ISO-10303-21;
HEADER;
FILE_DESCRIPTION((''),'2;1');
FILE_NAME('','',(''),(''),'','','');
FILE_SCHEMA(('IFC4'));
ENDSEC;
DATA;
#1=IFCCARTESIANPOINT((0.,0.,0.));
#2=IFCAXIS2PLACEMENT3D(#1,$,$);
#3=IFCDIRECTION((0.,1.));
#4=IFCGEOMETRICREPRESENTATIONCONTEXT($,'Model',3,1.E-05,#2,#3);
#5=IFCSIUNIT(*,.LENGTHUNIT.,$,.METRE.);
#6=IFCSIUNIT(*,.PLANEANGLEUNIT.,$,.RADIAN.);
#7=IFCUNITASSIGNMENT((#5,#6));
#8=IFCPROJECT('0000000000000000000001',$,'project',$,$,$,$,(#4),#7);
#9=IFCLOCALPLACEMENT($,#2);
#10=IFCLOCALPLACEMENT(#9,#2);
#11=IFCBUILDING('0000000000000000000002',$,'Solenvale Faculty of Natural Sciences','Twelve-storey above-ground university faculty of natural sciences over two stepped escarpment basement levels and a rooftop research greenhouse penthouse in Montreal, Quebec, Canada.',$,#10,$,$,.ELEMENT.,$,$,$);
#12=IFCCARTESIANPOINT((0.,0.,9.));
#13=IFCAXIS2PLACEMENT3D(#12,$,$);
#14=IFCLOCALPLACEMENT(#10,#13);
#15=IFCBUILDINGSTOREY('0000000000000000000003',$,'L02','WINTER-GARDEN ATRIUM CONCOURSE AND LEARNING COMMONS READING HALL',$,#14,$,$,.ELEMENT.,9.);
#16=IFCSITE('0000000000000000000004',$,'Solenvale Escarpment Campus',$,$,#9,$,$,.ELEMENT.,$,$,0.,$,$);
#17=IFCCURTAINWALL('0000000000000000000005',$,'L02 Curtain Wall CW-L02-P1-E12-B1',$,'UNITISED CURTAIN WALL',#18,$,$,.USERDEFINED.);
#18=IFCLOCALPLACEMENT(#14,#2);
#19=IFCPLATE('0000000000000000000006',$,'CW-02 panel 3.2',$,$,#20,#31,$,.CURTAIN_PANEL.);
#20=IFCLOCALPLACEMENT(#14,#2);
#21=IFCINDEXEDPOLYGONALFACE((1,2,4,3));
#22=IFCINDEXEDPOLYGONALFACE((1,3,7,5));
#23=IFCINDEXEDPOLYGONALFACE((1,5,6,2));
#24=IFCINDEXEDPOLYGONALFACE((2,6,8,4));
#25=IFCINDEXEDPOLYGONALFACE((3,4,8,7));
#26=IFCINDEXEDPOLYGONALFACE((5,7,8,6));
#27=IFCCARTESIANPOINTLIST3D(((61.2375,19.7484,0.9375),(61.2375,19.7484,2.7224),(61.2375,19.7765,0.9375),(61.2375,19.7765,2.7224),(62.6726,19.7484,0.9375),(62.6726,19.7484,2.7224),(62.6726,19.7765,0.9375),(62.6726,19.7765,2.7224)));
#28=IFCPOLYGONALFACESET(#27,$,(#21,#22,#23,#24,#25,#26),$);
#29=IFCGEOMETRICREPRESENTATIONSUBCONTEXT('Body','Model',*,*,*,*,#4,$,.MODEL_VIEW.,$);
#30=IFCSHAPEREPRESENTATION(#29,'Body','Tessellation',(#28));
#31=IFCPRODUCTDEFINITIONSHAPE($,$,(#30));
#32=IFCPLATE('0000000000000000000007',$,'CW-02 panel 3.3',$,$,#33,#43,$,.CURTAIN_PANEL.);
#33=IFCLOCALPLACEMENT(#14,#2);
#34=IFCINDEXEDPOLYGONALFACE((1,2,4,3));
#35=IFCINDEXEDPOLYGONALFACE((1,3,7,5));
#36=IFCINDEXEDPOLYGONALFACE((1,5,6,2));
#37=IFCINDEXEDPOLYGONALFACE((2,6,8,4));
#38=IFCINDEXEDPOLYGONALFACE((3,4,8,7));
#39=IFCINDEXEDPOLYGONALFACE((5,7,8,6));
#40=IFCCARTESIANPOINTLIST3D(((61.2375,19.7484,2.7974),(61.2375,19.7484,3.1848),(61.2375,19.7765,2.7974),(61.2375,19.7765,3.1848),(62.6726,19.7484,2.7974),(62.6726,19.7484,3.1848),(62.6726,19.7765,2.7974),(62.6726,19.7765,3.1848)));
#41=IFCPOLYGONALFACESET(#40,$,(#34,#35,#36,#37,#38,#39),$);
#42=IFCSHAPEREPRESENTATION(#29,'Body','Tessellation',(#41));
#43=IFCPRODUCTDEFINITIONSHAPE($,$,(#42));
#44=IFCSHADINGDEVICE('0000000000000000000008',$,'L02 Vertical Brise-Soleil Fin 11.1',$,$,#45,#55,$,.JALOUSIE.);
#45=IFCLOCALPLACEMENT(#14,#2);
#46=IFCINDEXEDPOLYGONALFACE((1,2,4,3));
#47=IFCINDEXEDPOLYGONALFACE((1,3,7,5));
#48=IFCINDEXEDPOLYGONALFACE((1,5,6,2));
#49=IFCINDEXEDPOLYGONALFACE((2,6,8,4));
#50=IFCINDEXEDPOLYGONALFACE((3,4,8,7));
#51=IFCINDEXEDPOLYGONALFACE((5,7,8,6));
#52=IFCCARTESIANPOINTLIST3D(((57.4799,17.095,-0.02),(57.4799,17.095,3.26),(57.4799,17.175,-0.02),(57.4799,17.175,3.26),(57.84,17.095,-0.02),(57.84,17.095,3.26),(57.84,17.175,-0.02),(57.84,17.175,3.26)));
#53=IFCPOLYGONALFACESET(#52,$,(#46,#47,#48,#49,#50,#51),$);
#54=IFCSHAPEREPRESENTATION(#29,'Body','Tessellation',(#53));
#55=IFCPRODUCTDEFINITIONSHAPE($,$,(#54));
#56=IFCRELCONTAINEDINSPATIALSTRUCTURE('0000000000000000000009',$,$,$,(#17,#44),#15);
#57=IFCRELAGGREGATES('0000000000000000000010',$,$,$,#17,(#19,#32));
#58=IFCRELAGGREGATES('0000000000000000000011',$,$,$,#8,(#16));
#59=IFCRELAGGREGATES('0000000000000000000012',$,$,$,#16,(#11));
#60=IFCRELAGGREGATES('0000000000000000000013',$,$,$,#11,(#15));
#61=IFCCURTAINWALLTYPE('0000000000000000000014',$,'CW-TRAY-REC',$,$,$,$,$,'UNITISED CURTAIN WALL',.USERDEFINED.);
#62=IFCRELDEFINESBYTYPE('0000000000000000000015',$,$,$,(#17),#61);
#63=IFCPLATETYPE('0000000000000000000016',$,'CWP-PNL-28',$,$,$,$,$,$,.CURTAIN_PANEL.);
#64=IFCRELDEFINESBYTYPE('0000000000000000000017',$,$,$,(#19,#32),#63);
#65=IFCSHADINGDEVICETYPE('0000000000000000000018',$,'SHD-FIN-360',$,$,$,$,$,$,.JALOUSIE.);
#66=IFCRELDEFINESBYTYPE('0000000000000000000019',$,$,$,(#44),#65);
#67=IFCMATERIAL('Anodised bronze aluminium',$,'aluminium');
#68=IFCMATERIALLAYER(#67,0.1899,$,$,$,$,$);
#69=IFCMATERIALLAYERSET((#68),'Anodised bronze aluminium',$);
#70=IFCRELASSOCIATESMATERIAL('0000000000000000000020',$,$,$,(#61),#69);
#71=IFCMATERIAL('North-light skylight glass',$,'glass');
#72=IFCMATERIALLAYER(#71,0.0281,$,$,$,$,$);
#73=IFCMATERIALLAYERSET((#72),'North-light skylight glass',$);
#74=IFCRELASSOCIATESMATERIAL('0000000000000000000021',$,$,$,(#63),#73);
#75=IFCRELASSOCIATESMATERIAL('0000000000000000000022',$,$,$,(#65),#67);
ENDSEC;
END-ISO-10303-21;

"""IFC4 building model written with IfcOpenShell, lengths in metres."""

from ifc_helpers import new_model, si_unit, direction, frame, origin, origin_2d, place, context, subcontext, project, spatial, rectangle, extrude, material, layer, layer_set, material_profile, profile_set, type_object, element, aggregate, save


model = new_model("IFC4")

# Units and contexts
model_context = context("Model", 3, precision=1e-05, world=origin(), true_north=direction((0.0, 1.0)))
body_context = subcontext(model_context, "Body", "Model", "MODEL_VIEW")
ifc_project = project(units=[si_unit("LENGTHUNIT", "METRE"), si_unit("PLANEANGLEUNIT", "RADIAN")], contexts=[model_context])

# Site, building, storey
site_placement = place(None, origin())
site = spatial("IfcSite", under=ifc_project, at=site_placement, Name="Solenvale Escarpment Campus", CompositionType="ELEMENT", RefElevation=0.0)
building_placement = place(site_placement, origin())
building = spatial("IfcBuilding", under=site, at=building_placement, Name="Solenvale Faculty of Natural Sciences", Description="Twelve-storey above-ground university faculty of natural sciences over two stepped escarpment basement levels and a rooftop research greenhouse penthouse in Montreal, Quebec, Canada.", CompositionType="ELEMENT")
storey_placement = place(building_placement, frame((0.0, 0.0, 9.0)))
storey = spatial("IfcBuildingStorey", under=building, at=storey_placement, Name="L02", Description="WINTER-GARDEN ATRIUM CONCOURSE AND LEARNING COMMONS READING HALL", CompositionType="ELEMENT", Elevation=9.0)

# Curtain wall, plates
ifc_material_1 = material(Name="Anodised bronze aluminium", Category="aluminium")
ifc_layer_1 = layer(ifc_material_1, 0.1899)
ifc_layer_set_1 = layer_set([ifc_layer_1], Name="Anodised bronze aluminium")
curtain_wall_type = type_object("IfcCurtainWallType", Name="CW-TRAY-REC", ElementType="UNITISED CURTAIN WALL", PredefinedType="USERDEFINED", material=ifc_layer_set_1)
curtain_wall_placement = place(storey_placement, origin())
curtain_wall = element("IfcCurtainWall", 1, at=curtain_wall_placement, inside=storey, type_object=curtain_wall_type, Name="L02 Curtain Wall CW-L02-P1-E12-B1", ObjectType="UNITISED CURTAIN WALL", PredefinedType="USERDEFINED")
ifc_material_2 = material(Name="North-light skylight glass", Category="glass")
ifc_layer_2 = layer(ifc_material_2, 0.0281)
ifc_layer_set_2 = layer_set([ifc_layer_2], Name="North-light skylight glass")
plate_type = type_object("IfcPlateType", Name="CWP-PNL-28", PredefinedType="CURTAIN_PANEL", material=ifc_layer_set_2)
plate_1_placement = place(storey_placement, frame((61.9551, 19.7625, 0.9375), z_axis=(0.0, 0.0, 1.0), x_axis=(1.0, 0.0, 0.0)))
plate_1 = element("IfcPlate", 2, at=plate_1_placement, type_object=plate_type, Name="CW-02 panel 3.2", PredefinedType="CURTAIN_PANEL", context=body_context, shape_type="SweptSolid", body=[
    extrude(rectangle(XDim=1.4351, YDim=0.0281, at=origin_2d()), origin(), (0.0, 0.0, 1.0), 1.7849),
])
plate_2_placement = place(storey_placement, frame((61.9551, 19.7625, 2.7974), z_axis=(0.0, 0.0, 1.0), x_axis=(1.0, 0.0, 0.0)))
plate_2 = element("IfcPlate", 3, at=plate_2_placement, type_object=plate_type, Name="CW-02 panel 3.3", PredefinedType="CURTAIN_PANEL", context=body_context, shape_type="SweptSolid", body=[
    extrude(rectangle(XDim=1.4351, YDim=0.0281, at=origin_2d()), origin(), (0.0, 0.0, 1.0), 0.3875),
])
aggregate(curtain_wall, [plate_1, plate_2])

# Shading device
ifc_material_profile_1 = material_profile(ifc_material_1, rectangle(XDim=0.0801, YDim=0.3601, at=origin_2d()), Name="ALU-FIN-80x360")
ifc_profile_set_1 = profile_set([ifc_material_profile_1], Name="Anodised bronze aluminium")
shading_device_type = type_object("IfcShadingDeviceType", Name="SHD-FIN-360", PredefinedType="JALOUSIE", material=ifc_profile_set_1)
shading_device_placement = place(storey_placement, frame((57.6599, 17.135, -0.02), z_axis=(0.0, 0.0, 1.0), x_axis=(0.0, 1.0, 0.0)))
element("IfcShadingDevice", 4, at=shading_device_placement, inside=storey, type_object=shading_device_type, Name="L02 Vertical Brise-Soleil Fin 11.1", PredefinedType="JALOUSIE", context=body_context, shape_type="SweptSolid", body=[
    extrude(rectangle(XDim=0.0801, YDim=0.3601, at=origin_2d()), origin(), (0.0, 0.0, 1.0), 3.28),
])

save(model, "model.ifc")
